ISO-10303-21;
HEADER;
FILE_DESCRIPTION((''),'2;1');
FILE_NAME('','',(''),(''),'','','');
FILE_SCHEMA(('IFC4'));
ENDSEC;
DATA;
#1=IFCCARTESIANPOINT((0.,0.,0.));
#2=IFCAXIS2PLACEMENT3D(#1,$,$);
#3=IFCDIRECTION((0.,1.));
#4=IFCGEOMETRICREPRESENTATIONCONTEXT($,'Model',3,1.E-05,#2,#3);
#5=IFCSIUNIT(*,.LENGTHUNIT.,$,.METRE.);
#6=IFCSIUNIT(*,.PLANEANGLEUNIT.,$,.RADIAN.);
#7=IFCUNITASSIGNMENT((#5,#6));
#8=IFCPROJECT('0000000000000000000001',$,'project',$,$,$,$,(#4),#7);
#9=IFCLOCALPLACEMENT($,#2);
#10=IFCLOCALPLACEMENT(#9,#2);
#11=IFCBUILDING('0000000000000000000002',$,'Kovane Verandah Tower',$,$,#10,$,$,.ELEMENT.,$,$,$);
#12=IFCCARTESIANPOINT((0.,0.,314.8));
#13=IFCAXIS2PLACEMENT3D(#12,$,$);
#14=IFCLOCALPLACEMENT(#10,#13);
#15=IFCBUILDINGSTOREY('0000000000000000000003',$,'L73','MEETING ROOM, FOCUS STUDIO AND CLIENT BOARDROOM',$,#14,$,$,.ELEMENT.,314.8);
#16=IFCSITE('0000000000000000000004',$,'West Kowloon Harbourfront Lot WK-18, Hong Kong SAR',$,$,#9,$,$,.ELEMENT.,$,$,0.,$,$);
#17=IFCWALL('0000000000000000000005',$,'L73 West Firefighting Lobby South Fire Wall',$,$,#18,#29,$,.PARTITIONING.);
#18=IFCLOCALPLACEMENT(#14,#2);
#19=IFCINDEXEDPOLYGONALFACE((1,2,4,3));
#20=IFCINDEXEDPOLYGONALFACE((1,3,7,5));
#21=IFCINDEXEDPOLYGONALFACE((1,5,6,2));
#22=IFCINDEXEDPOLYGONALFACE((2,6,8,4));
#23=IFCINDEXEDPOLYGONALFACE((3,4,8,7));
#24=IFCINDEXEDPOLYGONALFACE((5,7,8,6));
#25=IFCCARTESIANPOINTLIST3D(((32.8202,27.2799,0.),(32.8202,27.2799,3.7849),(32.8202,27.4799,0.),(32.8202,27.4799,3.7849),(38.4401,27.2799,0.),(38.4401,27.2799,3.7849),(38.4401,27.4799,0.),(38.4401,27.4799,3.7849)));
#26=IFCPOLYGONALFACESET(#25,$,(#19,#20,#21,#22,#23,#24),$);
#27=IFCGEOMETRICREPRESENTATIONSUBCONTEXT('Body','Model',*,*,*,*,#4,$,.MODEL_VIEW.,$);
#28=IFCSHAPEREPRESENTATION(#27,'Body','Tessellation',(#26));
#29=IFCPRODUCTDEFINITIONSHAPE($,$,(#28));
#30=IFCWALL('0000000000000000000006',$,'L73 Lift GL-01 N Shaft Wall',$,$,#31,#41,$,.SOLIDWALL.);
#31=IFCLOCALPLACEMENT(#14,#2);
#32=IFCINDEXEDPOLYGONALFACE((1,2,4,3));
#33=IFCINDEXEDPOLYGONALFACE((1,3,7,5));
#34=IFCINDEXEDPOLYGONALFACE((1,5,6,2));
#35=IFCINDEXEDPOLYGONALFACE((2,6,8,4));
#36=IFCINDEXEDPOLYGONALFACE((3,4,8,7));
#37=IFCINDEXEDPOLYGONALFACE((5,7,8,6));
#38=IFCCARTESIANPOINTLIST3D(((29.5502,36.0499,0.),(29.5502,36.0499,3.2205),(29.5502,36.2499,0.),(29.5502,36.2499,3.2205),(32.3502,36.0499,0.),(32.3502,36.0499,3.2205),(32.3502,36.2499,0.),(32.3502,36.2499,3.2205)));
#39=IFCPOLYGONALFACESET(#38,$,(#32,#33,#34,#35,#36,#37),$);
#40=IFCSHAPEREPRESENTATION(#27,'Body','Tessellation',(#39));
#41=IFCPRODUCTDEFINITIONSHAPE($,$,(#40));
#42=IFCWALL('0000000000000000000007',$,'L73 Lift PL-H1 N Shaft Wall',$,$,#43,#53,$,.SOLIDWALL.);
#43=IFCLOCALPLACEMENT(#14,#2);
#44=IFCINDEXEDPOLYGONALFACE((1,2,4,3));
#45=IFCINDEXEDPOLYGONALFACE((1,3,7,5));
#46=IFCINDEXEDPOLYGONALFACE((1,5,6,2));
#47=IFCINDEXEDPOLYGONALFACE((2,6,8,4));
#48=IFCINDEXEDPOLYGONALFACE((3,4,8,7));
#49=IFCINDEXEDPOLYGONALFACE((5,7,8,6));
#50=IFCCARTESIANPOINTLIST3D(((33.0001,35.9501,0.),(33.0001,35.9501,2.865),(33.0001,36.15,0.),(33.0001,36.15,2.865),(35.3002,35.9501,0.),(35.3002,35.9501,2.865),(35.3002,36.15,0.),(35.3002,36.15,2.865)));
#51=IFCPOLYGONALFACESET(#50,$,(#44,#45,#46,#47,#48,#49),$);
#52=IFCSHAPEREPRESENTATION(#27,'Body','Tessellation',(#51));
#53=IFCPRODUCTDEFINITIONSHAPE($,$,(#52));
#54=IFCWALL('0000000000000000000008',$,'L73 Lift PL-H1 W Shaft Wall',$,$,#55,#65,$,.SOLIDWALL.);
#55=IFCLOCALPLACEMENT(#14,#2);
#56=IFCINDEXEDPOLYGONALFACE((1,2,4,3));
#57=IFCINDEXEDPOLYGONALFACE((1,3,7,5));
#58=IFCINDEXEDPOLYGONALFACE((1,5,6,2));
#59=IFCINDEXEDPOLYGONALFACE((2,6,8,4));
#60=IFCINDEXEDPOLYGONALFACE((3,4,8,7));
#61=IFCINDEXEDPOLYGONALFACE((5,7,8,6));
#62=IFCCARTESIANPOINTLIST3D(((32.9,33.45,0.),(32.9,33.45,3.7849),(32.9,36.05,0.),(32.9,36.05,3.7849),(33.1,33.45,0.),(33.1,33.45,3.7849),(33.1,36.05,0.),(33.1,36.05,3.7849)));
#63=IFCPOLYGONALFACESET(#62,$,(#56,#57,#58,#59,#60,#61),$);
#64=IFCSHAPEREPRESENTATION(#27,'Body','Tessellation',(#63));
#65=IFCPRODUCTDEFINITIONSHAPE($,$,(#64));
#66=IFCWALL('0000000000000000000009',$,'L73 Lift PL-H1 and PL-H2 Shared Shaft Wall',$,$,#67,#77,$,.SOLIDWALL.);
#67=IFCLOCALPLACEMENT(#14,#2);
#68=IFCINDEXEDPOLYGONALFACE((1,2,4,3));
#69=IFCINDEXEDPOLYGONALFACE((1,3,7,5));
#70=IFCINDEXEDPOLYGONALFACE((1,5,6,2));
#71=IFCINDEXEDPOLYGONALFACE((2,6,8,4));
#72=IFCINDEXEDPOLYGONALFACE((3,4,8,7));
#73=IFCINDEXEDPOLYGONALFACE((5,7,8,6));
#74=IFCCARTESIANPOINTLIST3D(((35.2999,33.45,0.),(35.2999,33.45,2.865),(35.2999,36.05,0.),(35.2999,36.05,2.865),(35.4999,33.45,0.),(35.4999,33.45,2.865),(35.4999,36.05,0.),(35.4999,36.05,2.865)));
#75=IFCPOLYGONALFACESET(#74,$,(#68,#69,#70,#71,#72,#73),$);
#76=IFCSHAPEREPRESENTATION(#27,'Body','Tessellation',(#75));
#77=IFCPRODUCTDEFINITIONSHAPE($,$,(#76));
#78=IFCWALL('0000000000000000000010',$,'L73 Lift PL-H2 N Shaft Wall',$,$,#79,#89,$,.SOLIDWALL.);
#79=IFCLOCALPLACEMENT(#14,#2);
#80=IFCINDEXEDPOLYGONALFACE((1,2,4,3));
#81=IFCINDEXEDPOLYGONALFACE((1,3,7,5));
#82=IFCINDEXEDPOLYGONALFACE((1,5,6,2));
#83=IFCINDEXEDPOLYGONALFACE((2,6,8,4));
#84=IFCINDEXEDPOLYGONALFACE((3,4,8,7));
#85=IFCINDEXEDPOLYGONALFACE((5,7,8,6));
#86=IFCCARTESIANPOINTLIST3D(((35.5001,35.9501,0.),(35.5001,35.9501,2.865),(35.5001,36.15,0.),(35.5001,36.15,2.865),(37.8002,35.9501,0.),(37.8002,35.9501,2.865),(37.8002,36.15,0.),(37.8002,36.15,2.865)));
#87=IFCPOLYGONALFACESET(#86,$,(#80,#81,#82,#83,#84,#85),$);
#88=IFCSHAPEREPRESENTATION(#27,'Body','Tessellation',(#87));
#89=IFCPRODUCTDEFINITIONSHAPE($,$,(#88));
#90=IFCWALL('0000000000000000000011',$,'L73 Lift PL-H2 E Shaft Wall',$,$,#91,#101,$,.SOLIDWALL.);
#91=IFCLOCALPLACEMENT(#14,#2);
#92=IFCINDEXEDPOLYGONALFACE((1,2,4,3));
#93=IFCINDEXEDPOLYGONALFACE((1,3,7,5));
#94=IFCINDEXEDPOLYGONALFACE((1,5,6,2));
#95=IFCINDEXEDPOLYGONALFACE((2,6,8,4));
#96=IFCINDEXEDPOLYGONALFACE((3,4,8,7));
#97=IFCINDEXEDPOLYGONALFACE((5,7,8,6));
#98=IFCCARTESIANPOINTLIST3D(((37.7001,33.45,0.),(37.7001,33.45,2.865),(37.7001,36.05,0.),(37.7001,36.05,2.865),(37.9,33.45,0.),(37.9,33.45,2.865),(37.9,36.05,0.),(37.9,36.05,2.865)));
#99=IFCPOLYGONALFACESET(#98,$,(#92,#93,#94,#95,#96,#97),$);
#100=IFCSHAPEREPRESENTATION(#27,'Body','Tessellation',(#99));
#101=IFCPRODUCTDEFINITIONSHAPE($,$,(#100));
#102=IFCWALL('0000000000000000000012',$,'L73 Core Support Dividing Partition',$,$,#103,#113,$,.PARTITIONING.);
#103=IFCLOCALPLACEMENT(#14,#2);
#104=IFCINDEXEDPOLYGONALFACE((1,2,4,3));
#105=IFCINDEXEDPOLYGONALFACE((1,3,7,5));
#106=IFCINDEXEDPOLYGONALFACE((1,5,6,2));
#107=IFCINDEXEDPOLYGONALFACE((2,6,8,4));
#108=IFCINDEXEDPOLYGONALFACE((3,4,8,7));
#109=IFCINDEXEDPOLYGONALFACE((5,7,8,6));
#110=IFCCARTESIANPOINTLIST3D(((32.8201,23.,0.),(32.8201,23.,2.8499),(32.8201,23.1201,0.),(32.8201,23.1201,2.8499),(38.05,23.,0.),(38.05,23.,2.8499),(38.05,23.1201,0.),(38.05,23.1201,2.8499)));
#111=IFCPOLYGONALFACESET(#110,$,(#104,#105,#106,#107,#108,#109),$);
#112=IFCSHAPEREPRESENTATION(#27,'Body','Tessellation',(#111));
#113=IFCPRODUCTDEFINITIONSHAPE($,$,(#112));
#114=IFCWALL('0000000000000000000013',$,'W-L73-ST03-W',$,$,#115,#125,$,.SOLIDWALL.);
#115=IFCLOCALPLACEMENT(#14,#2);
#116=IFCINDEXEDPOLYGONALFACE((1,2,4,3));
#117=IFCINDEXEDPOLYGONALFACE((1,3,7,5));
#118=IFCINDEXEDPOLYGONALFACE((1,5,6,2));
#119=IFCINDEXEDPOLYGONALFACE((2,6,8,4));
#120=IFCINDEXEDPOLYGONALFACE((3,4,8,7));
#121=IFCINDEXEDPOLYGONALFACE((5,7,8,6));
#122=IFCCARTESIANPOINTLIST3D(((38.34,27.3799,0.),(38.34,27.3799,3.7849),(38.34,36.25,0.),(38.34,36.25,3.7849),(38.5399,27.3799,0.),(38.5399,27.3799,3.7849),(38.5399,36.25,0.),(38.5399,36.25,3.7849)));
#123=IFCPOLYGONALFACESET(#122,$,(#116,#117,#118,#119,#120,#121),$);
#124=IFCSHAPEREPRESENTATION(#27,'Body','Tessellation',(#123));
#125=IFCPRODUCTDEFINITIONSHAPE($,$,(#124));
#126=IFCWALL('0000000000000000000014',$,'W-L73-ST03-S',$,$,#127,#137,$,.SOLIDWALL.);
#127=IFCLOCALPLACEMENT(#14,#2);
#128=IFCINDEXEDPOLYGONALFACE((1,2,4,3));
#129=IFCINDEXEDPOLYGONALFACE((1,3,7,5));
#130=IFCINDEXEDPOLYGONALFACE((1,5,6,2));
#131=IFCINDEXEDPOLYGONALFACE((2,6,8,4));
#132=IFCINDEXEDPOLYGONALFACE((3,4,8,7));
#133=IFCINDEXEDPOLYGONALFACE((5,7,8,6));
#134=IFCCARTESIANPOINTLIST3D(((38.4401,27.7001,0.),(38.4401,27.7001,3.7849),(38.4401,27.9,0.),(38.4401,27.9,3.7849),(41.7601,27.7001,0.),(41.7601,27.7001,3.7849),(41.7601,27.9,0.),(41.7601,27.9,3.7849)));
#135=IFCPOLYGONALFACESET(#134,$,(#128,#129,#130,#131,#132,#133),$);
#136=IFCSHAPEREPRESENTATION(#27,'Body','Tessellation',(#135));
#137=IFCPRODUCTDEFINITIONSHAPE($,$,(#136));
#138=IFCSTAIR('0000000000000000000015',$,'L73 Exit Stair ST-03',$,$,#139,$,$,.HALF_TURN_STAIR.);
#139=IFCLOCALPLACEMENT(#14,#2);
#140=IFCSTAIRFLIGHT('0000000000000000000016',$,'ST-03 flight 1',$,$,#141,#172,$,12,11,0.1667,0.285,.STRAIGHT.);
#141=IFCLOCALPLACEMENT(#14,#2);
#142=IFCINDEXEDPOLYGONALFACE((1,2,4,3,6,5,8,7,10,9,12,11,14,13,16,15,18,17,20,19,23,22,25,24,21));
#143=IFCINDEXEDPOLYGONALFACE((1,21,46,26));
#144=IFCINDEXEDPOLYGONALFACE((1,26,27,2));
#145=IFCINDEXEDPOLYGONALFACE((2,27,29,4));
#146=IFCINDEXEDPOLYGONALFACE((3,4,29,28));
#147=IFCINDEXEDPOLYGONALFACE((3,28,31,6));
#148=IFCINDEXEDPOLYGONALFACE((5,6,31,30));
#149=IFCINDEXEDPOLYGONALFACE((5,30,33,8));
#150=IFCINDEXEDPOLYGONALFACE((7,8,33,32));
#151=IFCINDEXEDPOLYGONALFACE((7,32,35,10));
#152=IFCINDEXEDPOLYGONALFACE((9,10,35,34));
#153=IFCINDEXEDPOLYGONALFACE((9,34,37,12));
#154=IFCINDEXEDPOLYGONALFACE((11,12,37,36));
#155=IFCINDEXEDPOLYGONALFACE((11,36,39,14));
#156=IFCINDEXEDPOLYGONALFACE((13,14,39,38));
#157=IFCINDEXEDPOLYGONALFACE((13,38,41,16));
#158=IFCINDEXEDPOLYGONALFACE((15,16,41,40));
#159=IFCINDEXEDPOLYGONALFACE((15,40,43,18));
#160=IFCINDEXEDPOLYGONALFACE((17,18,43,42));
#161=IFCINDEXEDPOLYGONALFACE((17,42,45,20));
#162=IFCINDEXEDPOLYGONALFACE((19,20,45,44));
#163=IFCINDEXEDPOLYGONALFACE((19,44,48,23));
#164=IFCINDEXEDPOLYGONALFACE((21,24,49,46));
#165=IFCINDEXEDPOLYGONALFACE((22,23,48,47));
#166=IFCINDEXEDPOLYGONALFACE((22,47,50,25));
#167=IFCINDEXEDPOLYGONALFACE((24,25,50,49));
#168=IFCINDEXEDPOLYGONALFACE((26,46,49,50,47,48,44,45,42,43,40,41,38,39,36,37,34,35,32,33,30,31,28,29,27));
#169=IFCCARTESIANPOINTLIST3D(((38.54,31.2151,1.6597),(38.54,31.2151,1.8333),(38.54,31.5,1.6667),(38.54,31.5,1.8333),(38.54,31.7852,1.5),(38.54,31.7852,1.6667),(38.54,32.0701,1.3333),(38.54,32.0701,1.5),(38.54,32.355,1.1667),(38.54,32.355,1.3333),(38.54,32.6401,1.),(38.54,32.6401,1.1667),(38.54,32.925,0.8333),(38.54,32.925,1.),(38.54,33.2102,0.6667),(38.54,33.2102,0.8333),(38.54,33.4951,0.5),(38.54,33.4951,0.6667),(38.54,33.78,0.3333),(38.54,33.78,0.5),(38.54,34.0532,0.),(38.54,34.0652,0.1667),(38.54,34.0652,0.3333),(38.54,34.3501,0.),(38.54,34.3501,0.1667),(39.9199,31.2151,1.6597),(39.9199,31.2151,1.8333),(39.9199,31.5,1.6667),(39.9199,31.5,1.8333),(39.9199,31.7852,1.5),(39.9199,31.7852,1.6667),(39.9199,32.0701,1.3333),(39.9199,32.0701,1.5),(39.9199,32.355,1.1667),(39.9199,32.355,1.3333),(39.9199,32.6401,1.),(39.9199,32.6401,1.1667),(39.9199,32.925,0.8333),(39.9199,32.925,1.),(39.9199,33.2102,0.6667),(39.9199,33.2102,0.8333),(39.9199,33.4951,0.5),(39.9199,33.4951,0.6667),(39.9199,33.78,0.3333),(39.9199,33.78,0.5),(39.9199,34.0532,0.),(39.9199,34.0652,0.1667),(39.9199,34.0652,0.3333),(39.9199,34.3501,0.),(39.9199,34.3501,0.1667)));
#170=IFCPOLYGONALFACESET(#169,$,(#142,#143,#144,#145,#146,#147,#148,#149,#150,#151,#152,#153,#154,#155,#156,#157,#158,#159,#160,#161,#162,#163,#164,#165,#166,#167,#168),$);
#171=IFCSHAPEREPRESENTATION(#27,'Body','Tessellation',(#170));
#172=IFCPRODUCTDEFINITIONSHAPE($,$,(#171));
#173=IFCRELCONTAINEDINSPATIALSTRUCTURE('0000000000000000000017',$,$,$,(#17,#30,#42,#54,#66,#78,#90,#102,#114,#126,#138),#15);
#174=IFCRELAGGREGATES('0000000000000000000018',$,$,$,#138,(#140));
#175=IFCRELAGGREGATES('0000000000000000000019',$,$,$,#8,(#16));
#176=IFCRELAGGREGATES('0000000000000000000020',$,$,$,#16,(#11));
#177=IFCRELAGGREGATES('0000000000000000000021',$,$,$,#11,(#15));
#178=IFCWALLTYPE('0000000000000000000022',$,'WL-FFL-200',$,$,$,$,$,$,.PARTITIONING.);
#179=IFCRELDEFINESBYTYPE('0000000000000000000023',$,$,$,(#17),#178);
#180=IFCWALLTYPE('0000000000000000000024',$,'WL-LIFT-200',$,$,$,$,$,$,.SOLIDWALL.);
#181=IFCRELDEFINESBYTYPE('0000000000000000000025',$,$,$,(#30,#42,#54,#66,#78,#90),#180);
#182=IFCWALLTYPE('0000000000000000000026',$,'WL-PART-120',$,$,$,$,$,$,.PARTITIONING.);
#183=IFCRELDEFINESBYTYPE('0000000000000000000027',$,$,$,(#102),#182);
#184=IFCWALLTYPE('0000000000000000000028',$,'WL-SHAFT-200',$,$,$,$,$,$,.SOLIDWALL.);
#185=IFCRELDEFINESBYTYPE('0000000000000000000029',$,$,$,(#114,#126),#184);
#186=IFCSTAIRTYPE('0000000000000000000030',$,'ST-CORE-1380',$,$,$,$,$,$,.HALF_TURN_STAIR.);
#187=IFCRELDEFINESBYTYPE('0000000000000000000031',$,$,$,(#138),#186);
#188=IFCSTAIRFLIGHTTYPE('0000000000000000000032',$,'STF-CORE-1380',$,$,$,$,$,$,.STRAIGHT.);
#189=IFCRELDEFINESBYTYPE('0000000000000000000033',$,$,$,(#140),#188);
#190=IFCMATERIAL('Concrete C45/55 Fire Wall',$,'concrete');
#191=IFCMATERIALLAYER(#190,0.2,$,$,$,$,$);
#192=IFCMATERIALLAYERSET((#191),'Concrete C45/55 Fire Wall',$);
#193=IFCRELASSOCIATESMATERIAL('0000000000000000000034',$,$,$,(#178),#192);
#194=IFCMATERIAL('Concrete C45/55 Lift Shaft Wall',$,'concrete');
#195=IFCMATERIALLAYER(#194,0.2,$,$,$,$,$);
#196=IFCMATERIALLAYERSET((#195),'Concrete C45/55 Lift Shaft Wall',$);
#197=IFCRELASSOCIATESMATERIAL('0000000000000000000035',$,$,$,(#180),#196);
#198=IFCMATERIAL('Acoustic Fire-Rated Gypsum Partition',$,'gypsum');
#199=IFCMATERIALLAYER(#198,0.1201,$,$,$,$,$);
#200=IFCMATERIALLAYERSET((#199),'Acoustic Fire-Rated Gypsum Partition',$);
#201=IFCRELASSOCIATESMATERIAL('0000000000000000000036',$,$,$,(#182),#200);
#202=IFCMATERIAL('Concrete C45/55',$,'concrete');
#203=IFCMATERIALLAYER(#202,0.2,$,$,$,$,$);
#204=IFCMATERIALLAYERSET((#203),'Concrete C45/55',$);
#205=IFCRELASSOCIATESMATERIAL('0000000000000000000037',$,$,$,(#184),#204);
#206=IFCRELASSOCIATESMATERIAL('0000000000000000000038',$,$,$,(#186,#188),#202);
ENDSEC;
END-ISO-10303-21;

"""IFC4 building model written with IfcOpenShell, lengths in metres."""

from ifc_helpers import new_model, si_unit, direction, frame, frame_2d, origin, place, context, subcontext, project, spatial, polyline, rectangle, outline, extrude, material, layer, layer_set, type_object, element, aggregate, save


model = new_model("IFC4")

# Units and contexts
model_context = context("Model", 3, precision=1e-05, world=origin(), true_north=direction((0.0, 1.0)))
body_context = subcontext(model_context, "Body", "Model", "MODEL_VIEW")
ifc_project = project(units=[si_unit("LENGTHUNIT", "METRE"), si_unit("PLANEANGLEUNIT", "RADIAN")], contexts=[model_context])

# Site, building, storey
site_placement = place(None, origin())
site = spatial("IfcSite", under=ifc_project, at=site_placement, Name="West Kowloon Harbourfront Lot WK-18, Hong Kong SAR", CompositionType="ELEMENT", RefElevation=0.0)
building_placement = place(site_placement, origin())
building = spatial("IfcBuilding", under=site, at=building_placement, Name="Kovane Verandah Tower", CompositionType="ELEMENT")
storey_placement = place(building_placement, frame((0.0, 0.0, 314.8)))
storey = spatial("IfcBuildingStorey", under=building, at=storey_placement, Name="L73", Description="MEETING ROOM, FOCUS STUDIO AND CLIENT BOARDROOM", CompositionType="ELEMENT", Elevation=314.8)

# Shared definitions
ifc_material_1 = material(Name="Concrete C45/55 Fire Wall", Category="concrete")
ifc_layer_1 = layer(ifc_material_1, 0.2)
ifc_layer_set_1 = layer_set([ifc_layer_1], Name="Concrete C45/55 Fire Wall")
wall_type_1 = type_object("IfcWallType", Name="WL-FFL-200", PredefinedType="PARTITIONING", material=ifc_layer_set_1)

# Walls
wall_1_placement = place(storey_placement, frame((32.8201, 27.3799, 0.0), z_axis=(0.0, 0.0, 1.0), x_axis=(1.0, 0.0, 0.0)))
element("IfcWall", 1, at=wall_1_placement, inside=storey, type_object=wall_type_1, Name="L73 West Firefighting Lobby South Fire Wall", PredefinedType="PARTITIONING", context=body_context, shape_type="SweptSolid", body=[
    extrude(rectangle(XDim=5.6199, YDim=0.2, at=frame_2d((2.8101, 0.0))), origin(), (0.0, 0.0, 1.0), 3.7849),
])
ifc_material_2 = material(Name="Concrete C45/55 Lift Shaft Wall", Category="concrete")
ifc_layer_2 = layer(ifc_material_2, 0.2)
ifc_layer_set_2 = layer_set([ifc_layer_2], Name="Concrete C45/55 Lift Shaft Wall")
wall_type_2 = type_object("IfcWallType", Name="WL-LIFT-200", PredefinedType="SOLIDWALL", material=ifc_layer_set_2)
wall_2_placement = place(storey_placement, frame((32.3501, 36.1499, 0.0), z_axis=(0.0, 0.0, 1.0), x_axis=(-1.0, 0.0, 0.0)))
element("IfcWall", 2, at=wall_2_placement, inside=storey, type_object=wall_type_2, Name="L73 Lift GL-01 N Shaft Wall", PredefinedType="SOLIDWALL", context=body_context, shape_type="SweptSolid", body=[
    extrude(rectangle(XDim=2.8, YDim=0.2, at=frame_2d((1.3999, 0.0))), origin(), (0.0, 0.0, 1.0), 3.2205),
])

# Walls
wall_3_placement = place(storey_placement, frame((35.3, 36.05, 0.0), z_axis=(0.0, 0.0, 1.0), x_axis=(-1.0, 0.0, 0.0)))
element("IfcWall", 3, at=wall_3_placement, inside=storey, type_object=wall_type_2, Name="L73 Lift PL-H1 N Shaft Wall", PredefinedType="SOLIDWALL", context=body_context, shape_type="SweptSolid", body=[
    extrude(rectangle(XDim=2.3, YDim=0.2, at=frame_2d((1.1499, 0.0))), origin(), (0.0, 0.0, 1.0), 2.865),
])
wall_4_placement = place(storey_placement, frame((33.0, 36.05, 0.0), z_axis=(0.0, 0.0, 1.0), x_axis=(0.0, -1.0, 0.0)))
element("IfcWall", 4, at=wall_4_placement, inside=storey, type_object=wall_type_2, Name="L73 Lift PL-H1 W Shaft Wall", PredefinedType="SOLIDWALL", context=body_context, shape_type="SweptSolid", body=[
    extrude(rectangle(XDim=2.6001, YDim=0.2, at=frame_2d((1.3, 0.0))), origin(), (0.0, 0.0, 1.0), 3.7849),
])
wall_5_placement = place(storey_placement, frame((35.3999, 33.45, 0.0), z_axis=(0.0, 0.0, 1.0), x_axis=(0.0, 1.0, 0.0)))
element("IfcWall", 5, at=wall_5_placement, inside=storey, type_object=wall_type_2, Name="L73 Lift PL-H1 and PL-H2 Shared Shaft Wall", PredefinedType="SOLIDWALL", context=body_context, shape_type="SweptSolid", body=[
    extrude(rectangle(XDim=2.6001, YDim=0.2, at=frame_2d((1.3, 0.0))), origin(), (0.0, 0.0, 1.0), 2.865),
])

# Walls
wall_6_placement = place(storey_placement, frame((37.8, 36.05, 0.0), z_axis=(0.0, 0.0, 1.0), x_axis=(-1.0, 0.0, 0.0)))
element("IfcWall", 6, at=wall_6_placement, inside=storey, type_object=wall_type_2, Name="L73 Lift PL-H2 N Shaft Wall", PredefinedType="SOLIDWALL", context=body_context, shape_type="SweptSolid", body=[
    extrude(rectangle(XDim=2.3, YDim=0.2, at=frame_2d((1.1499, 0.0))), origin(), (0.0, 0.0, 1.0), 2.865),
])
wall_7_placement = place(storey_placement, frame((37.8, 33.45, 0.0), z_axis=(0.0, 0.0, 1.0), x_axis=(0.0, 1.0, 0.0)))
element("IfcWall", 7, at=wall_7_placement, inside=storey, type_object=wall_type_2, Name="L73 Lift PL-H2 E Shaft Wall", PredefinedType="SOLIDWALL", context=body_context, shape_type="SweptSolid", body=[
    extrude(rectangle(XDim=2.6001, YDim=0.2, at=frame_2d((1.3, 0.0))), origin(), (0.0, 0.0, 1.0), 2.865),
])
ifc_material_3 = material(Name="Acoustic Fire-Rated Gypsum Partition", Category="gypsum")
ifc_layer_3 = layer(ifc_material_3, 0.1201)
ifc_layer_set_3 = layer_set([ifc_layer_3], Name="Acoustic Fire-Rated Gypsum Partition")
wall_type_3 = type_object("IfcWallType", Name="WL-PART-120", PredefinedType="PARTITIONING", material=ifc_layer_set_3)
wall_8_placement = place(storey_placement, frame((32.8201, 23.0601, 0.0), z_axis=(0.0, 0.0, 1.0), x_axis=(1.0, 0.0, 0.0)))
element("IfcWall", 8, at=wall_8_placement, inside=storey, type_object=wall_type_3, Name="L73 Core Support Dividing Partition", PredefinedType="PARTITIONING", context=body_context, shape_type="SweptSolid", body=[
    extrude(rectangle(XDim=5.23, YDim=0.1201, at=frame_2d((2.615, 0.0))), origin(), (0.0, 0.0, 1.0), 2.8499),
])
ifc_material_4 = material(Name="Concrete C45/55", Category="concrete")
ifc_layer_4 = layer(ifc_material_4, 0.2)
ifc_layer_set_4 = layer_set([ifc_layer_4], Name="Concrete C45/55")
wall_type_4 = type_object("IfcWallType", Name="WL-SHAFT-200", PredefinedType="SOLIDWALL", material=ifc_layer_set_4)
wall_9_placement = place(storey_placement, frame((38.4399, 27.3799, 0.0), z_axis=(0.0, 0.0, 1.0), x_axis=(0.0, 1.0, 0.0)))
element("IfcWall", 9, at=wall_9_placement, inside=storey, type_object=wall_type_4, Name="W-L73-ST03-W", PredefinedType="SOLIDWALL", context=body_context, shape_type="SweptSolid", body=[
    extrude(rectangle(XDim=8.8701, YDim=0.2, at=frame_2d((4.4351, 0.0))), origin(), (0.0, 0.0, 1.0), 3.7849),
])
wall_10_placement = place(storey_placement, frame((38.4399, 27.8, 0.0), z_axis=(0.0, 0.0, 1.0), x_axis=(1.0, 0.0, 0.0)))
element("IfcWall", 10, at=wall_10_placement, inside=storey, type_object=wall_type_4, Name="W-L73-ST03-S", PredefinedType="SOLIDWALL", context=body_context, shape_type="SweptSolid", body=[
    extrude(rectangle(XDim=3.3201, YDim=0.2, at=frame_2d((1.6602, 0.0))), origin(), (0.0, 0.0, 1.0), 3.7849),
])

# Stair, stair flight
stair_type = type_object("IfcStairType", Name="ST-CORE-1380", PredefinedType="HALF_TURN_STAIR", material=ifc_material_4)
stair_placement = place(storey_placement, origin())
stair = element("IfcStair", 11, at=stair_placement, inside=storey, type_object=stair_type, Name="L73 Exit Stair ST-03", PredefinedType="HALF_TURN_STAIR")
stair_flight_type = type_object("IfcStairFlightType", Name="STF-CORE-1380", PredefinedType="STRAIGHT", material=ifc_material_4)
stair_flight_placement = place(storey_placement, frame((39.23, 34.3501, 0.0), z_axis=(0.0, 0.0, 1.0), x_axis=(0.0, -1.0, 0.0)))
stair_flight = element("IfcStairFlight", 12, at=stair_flight_placement, type_object=stair_flight_type, Name="ST-03 flight 1", NumberOfRisers=12, NumberOfTreads=11, PredefinedType="STRAIGHT", RiserHeight=0.1667, TreadLength=0.285, context=body_context, shape_type="SweptSolid", body=[
    extrude(outline(polyline([(0.0, 0.0), (0.0, 0.1667), (0.2849, 0.1667), (0.2849, 0.3333), (0.5701, 0.3333), (0.5701, 0.5), (0.855, 0.5), (0.855, 0.6667), (1.1399, 0.6667), (1.1399, 0.8333), (1.425, 0.8333), (1.425, 1.0), (1.71, 1.0), (1.71, 1.1667), (1.9951, 1.1667), (1.9951, 1.3333), (2.28, 1.3333), (2.28, 1.5), (2.5649, 1.5), (2.5649, 1.6667), (2.8501, 1.6667), (2.8501, 1.8333), (3.135, 1.8333), (3.135, 2.0), (3.135, 1.6597), (0.2969, 0.0), (0.0, 0.0)])), frame((0.0, 0.6899, 0.0), z_axis=(0.0, -1.0, 0.0), x_axis=(1.0, 0.0, 0.0)), (0.0, 0.0, 1.0), 1.3799),
])
aggregate(stair, [stair_flight])

save(model, "model.ifc")
